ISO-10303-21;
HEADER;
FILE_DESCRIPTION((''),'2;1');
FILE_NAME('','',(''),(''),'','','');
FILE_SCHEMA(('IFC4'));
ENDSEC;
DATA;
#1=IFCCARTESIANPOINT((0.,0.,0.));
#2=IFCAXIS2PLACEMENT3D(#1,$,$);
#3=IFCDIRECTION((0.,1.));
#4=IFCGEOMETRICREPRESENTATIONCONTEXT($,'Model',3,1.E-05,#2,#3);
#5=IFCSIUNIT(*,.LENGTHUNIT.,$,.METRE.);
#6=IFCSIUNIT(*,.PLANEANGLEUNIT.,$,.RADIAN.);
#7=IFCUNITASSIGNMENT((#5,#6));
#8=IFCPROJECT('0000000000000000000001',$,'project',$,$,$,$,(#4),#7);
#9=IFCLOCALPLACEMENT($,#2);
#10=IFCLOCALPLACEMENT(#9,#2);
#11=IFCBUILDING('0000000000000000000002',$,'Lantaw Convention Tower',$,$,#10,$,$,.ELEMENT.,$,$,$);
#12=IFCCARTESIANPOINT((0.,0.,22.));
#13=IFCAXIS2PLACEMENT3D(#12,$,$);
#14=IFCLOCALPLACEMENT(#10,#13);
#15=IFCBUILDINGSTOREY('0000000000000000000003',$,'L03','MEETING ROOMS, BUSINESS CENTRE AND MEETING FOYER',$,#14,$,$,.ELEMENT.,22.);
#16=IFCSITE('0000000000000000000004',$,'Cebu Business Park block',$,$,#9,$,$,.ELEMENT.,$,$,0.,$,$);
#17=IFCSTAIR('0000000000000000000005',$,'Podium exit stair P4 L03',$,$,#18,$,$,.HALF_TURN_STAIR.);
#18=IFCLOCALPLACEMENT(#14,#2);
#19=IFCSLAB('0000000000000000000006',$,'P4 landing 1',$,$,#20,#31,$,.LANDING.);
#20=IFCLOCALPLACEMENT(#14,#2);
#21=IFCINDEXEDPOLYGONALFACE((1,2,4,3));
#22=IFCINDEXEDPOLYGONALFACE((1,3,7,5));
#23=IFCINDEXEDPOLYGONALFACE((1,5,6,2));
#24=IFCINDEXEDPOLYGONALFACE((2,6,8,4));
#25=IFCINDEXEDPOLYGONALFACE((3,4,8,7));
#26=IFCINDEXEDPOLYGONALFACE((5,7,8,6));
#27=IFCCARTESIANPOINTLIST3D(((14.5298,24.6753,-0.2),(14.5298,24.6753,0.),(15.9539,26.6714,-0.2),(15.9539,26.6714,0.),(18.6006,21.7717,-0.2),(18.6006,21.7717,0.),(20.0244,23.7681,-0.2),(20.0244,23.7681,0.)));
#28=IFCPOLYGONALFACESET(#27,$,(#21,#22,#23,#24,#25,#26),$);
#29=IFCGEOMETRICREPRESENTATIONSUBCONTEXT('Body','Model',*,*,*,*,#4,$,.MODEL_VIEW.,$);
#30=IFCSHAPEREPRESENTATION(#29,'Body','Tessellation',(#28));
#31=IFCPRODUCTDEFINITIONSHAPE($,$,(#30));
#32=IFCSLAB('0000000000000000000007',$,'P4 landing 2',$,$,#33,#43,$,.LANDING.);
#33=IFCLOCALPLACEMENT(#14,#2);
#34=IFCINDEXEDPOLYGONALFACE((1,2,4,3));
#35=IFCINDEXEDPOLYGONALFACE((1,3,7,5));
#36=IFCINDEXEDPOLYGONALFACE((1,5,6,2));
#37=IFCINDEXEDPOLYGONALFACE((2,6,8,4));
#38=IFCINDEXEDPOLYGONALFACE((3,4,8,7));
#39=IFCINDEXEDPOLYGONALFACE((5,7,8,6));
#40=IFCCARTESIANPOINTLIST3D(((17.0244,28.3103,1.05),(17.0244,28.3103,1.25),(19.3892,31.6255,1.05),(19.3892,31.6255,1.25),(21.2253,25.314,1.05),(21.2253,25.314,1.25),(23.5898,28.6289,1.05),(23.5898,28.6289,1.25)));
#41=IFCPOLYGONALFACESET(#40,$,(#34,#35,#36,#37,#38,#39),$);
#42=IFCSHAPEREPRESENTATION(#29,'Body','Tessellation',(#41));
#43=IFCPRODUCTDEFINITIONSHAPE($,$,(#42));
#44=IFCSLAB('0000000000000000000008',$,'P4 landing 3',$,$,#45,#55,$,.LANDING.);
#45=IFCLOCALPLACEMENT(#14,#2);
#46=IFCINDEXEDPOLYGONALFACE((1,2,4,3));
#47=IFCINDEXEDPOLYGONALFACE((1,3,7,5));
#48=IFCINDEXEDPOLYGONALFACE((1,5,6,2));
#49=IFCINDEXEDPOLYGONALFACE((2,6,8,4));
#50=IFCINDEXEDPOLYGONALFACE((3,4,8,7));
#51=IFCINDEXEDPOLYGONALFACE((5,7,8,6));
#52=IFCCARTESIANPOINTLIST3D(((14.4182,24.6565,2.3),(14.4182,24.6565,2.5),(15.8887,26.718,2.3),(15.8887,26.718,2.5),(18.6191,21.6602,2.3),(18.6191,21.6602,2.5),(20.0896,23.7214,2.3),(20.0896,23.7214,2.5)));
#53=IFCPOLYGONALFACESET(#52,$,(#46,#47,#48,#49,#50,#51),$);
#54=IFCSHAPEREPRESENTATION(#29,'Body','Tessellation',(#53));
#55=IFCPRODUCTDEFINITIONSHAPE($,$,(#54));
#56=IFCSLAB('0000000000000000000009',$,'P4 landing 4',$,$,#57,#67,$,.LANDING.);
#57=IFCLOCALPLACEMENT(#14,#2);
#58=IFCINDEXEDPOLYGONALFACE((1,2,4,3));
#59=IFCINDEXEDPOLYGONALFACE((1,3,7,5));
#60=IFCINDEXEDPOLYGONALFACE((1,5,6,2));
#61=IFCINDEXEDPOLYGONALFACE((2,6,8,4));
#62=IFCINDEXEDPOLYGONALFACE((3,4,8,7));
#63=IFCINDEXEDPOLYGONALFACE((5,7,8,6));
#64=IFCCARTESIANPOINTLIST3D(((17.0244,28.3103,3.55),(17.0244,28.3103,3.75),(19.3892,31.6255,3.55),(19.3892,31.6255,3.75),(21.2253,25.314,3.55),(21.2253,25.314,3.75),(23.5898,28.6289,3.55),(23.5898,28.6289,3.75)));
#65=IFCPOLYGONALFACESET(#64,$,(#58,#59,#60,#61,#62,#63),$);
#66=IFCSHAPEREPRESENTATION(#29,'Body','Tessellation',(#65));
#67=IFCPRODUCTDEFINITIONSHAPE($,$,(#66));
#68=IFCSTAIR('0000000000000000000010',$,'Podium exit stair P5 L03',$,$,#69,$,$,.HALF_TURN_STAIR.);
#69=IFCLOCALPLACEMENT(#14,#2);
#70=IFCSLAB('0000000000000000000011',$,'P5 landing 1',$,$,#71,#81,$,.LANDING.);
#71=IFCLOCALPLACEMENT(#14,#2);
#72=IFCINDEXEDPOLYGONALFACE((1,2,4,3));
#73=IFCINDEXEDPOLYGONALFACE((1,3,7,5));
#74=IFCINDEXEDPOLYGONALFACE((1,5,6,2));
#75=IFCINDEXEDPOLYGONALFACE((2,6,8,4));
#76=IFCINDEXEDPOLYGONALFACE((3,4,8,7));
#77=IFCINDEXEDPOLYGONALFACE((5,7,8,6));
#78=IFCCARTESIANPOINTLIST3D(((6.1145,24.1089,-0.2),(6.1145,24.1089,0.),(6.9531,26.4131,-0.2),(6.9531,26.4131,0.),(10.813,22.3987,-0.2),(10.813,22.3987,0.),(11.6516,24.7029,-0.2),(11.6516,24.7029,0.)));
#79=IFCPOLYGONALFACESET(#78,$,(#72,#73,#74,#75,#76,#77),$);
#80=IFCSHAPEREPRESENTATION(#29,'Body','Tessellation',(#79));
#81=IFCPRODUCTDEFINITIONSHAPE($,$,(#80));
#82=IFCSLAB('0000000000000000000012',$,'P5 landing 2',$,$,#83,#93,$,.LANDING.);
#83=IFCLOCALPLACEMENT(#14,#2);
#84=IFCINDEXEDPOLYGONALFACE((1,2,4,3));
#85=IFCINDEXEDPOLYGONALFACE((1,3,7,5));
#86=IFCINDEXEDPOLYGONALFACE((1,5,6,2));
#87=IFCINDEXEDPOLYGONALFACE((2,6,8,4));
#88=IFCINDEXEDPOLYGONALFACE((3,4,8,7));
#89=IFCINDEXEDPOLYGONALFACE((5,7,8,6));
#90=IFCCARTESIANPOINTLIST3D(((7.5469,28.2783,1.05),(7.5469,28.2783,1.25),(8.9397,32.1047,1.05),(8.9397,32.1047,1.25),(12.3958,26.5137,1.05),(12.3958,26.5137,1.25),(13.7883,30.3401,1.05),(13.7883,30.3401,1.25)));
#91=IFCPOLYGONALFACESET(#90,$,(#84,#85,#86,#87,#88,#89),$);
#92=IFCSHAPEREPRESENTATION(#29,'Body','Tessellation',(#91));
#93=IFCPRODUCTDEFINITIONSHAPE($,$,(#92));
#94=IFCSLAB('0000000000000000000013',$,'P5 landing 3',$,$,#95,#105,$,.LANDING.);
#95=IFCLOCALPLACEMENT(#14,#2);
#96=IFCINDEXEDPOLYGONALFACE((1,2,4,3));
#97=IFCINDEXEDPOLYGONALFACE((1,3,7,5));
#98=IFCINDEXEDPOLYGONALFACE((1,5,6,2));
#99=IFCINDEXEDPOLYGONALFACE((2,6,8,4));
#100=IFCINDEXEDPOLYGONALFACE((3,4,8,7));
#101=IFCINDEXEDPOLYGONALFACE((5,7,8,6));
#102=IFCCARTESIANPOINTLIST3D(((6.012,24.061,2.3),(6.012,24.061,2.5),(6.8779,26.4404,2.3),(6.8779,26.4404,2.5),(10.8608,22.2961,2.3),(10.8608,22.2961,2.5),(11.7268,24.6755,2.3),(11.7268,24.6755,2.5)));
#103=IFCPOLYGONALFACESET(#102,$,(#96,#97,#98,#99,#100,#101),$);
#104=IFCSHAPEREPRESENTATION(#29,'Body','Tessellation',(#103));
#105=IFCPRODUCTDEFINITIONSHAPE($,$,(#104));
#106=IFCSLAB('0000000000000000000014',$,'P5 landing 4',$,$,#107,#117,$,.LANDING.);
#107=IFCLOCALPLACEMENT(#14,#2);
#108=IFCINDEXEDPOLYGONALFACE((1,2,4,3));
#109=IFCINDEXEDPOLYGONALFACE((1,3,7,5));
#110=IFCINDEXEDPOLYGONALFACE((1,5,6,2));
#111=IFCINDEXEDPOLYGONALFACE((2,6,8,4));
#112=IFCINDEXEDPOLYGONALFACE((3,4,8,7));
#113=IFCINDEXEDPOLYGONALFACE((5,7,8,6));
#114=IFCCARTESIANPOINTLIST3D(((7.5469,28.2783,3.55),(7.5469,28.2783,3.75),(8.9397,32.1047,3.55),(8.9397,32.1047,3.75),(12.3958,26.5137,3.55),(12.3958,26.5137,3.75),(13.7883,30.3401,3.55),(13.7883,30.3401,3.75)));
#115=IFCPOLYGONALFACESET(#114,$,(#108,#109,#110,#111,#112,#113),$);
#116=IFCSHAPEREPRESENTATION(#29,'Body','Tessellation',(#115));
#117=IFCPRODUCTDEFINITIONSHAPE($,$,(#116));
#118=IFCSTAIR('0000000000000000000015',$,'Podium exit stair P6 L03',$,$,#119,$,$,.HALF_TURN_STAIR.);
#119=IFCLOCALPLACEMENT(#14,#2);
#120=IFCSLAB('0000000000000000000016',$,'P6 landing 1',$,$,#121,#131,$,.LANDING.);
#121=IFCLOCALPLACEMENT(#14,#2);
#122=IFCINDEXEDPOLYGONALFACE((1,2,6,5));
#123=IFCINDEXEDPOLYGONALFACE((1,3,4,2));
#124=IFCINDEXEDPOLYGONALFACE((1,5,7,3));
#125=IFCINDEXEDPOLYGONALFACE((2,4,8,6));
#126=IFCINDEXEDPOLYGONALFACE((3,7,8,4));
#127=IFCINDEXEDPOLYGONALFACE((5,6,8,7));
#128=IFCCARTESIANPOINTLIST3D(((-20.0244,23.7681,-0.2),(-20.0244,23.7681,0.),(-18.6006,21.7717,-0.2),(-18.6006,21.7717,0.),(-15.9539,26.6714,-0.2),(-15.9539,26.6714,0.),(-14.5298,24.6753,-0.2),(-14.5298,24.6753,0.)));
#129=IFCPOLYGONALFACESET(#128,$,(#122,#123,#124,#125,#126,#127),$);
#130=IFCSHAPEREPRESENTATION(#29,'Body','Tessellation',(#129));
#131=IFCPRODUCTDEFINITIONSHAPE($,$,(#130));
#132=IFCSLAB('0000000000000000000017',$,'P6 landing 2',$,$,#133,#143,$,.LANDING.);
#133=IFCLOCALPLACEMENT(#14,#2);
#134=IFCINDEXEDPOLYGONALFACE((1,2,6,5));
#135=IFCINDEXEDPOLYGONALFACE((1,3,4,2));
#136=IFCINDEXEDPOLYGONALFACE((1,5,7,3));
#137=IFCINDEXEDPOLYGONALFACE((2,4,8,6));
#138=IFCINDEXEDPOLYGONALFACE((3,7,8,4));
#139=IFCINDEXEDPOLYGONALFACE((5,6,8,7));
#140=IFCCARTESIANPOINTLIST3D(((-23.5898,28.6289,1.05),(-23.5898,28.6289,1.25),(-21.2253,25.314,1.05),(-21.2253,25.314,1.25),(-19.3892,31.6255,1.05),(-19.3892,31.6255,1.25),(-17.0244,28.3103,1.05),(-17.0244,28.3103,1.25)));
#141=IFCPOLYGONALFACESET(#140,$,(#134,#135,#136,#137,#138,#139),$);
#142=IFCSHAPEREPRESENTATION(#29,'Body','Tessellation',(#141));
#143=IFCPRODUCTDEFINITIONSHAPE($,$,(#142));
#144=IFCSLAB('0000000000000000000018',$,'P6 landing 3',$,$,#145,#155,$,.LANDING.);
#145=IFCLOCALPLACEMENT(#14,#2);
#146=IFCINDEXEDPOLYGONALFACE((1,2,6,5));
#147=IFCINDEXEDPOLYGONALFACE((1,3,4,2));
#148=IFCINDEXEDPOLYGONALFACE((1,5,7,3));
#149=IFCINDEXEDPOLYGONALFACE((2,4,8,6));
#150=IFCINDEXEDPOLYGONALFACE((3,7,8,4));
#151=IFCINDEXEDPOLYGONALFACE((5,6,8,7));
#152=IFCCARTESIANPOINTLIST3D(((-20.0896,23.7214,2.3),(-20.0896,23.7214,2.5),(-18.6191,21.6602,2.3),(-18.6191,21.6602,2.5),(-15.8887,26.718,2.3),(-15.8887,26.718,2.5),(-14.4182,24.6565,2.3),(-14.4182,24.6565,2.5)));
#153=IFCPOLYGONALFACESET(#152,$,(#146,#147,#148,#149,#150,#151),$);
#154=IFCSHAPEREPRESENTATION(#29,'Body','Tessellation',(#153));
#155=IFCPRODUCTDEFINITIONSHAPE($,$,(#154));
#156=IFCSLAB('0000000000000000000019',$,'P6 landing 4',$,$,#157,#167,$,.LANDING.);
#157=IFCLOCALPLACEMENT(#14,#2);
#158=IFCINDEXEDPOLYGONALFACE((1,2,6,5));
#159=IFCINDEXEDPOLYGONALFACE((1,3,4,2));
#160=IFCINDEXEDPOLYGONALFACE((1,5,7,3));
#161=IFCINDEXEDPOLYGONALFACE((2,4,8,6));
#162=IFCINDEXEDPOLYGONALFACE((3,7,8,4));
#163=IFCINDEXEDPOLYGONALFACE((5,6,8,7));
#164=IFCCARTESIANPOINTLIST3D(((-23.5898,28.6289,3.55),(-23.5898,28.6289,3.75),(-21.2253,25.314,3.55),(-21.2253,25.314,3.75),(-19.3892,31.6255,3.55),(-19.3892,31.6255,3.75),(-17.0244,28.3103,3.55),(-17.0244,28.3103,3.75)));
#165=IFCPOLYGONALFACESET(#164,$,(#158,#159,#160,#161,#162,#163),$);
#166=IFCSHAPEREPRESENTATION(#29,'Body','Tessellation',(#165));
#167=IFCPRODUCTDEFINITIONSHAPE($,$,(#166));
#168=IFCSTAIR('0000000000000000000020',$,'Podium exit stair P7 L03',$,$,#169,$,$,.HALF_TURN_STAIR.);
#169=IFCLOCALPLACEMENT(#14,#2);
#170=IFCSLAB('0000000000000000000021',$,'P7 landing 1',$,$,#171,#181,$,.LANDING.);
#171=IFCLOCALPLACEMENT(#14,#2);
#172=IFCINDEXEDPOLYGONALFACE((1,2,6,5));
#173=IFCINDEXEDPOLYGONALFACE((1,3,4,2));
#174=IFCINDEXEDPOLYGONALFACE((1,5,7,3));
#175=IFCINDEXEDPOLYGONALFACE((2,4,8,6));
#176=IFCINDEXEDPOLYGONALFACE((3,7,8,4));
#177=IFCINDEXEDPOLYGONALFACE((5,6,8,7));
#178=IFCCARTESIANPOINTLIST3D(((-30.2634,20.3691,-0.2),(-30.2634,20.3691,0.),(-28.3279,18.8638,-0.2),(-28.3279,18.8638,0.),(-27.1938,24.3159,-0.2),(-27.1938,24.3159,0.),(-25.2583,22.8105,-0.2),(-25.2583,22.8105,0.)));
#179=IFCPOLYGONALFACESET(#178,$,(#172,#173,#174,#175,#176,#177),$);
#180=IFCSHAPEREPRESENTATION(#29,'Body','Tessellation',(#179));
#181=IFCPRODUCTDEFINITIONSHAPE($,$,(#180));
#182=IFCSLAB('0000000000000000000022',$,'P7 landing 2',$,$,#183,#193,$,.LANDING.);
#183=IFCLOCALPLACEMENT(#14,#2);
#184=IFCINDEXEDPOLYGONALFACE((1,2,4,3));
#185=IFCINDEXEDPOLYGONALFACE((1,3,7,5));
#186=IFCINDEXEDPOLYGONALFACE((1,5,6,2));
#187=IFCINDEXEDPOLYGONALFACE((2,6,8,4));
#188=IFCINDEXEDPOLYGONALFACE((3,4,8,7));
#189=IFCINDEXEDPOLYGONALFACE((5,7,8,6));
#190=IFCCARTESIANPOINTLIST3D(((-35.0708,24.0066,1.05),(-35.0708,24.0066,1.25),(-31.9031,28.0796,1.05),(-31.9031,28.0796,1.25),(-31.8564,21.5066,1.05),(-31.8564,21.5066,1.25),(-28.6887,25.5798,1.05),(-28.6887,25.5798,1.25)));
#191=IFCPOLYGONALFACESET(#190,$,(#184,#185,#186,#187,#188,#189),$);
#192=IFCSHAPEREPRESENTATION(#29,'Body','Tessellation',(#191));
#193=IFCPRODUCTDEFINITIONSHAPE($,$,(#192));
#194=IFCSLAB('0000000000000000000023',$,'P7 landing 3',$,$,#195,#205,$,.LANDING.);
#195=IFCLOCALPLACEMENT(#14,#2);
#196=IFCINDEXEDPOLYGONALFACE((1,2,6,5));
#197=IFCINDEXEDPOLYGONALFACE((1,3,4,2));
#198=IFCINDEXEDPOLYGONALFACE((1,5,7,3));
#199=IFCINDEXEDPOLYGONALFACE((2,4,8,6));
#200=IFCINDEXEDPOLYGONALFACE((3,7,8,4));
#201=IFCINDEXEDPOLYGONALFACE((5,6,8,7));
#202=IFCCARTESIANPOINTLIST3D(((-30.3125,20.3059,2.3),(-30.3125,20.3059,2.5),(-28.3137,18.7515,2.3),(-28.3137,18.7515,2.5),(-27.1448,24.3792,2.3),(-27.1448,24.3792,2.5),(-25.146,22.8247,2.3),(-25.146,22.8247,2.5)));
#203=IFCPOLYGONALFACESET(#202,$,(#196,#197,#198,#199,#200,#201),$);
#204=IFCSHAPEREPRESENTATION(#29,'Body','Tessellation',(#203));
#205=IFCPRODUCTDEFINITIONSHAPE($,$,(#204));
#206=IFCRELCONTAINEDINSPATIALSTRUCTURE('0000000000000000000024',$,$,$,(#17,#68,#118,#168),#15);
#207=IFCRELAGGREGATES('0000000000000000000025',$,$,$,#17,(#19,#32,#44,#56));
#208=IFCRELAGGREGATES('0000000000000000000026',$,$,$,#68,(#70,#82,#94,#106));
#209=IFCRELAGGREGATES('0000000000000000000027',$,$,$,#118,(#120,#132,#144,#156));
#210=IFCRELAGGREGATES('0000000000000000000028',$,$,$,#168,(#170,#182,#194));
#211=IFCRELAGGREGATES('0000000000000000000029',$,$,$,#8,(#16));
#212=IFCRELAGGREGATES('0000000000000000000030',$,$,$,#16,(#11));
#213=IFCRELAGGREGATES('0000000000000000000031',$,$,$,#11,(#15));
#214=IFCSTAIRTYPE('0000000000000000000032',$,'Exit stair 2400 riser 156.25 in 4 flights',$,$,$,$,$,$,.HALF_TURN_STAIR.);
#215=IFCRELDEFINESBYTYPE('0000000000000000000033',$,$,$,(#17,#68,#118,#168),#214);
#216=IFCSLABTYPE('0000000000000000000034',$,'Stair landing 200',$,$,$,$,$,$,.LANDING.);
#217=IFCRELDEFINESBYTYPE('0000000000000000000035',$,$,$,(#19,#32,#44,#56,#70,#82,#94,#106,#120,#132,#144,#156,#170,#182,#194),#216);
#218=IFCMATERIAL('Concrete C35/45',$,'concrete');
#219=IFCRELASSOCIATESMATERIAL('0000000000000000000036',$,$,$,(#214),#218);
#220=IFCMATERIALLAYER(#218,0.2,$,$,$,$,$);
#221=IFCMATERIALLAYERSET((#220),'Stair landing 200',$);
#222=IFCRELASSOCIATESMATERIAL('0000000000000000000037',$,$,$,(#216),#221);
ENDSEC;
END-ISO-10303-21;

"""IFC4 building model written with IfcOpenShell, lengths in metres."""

from ifc_helpers import new_model, si_unit, direction, frame, origin, place, context, subcontext, project, spatial, polyline, outline, extrude, material, layer, layer_set, type_object, element, aggregate, save


model = new_model("IFC4")

# Units and contexts
model_context = context("Model", 3, precision=1e-05, world=origin(), true_north=direction((0.0, 1.0)))
body_context = subcontext(model_context, "Body", "Model", "MODEL_VIEW")
ifc_project = project(units=[si_unit("LENGTHUNIT", "METRE"), si_unit("PLANEANGLEUNIT", "RADIAN")], contexts=[model_context])

# Site, building, storey
site_placement = place(None, origin())
site = spatial("IfcSite", under=ifc_project, at=site_placement, Name="Cebu Business Park block", CompositionType="ELEMENT", RefElevation=0.0)
building_placement = place(site_placement, origin())
building = spatial("IfcBuilding", under=site, at=building_placement, Name="Lantaw Convention Tower", CompositionType="ELEMENT")
storey_placement = place(building_placement, frame((0.0, 0.0, 22.0)))
storey = spatial("IfcBuildingStorey", under=building, at=storey_placement, Name="L03", Description="MEETING ROOMS, BUSINESS CENTRE AND MEETING FOYER", CompositionType="ELEMENT", Elevation=22.0)

# Stairs, slabs
ifc_material = material(Name="Concrete C35/45", Category="concrete")
stair_type = type_object("IfcStairType", Name="Exit stair 2400 riser 156.25 in 4 flights", PredefinedType="HALF_TURN_STAIR", material=ifc_material)
stair_1_placement = place(storey_placement, origin())
stair_1 = element("IfcStair", 1, at=stair_1_placement, inside=storey, type_object=stair_type, Name="Podium exit stair P4 L03", PredefinedType="HALF_TURN_STAIR")
ifc_layer = layer(ifc_material, 0.2)
ifc_layer_set = layer_set([ifc_layer], Name="Stair landing 200")
slab_type = type_object("IfcSlabType", Name="Stair landing 200", PredefinedType="LANDING", material=ifc_layer_set)
slab_1_placement = place(storey_placement, frame((0.0, 0.0, -0.2)))
slab_1 = element("IfcSlab", 2, at=slab_1_placement, type_object=slab_type, Name="P4 landing 1", PredefinedType="LANDING", context=body_context, shape_type="SweptSolid", body=[
    extrude(outline(polyline([(18.6006, 21.7717), (20.0244, 23.7681), (15.9539, 26.6714), (14.5298, 24.6753), (18.6006, 21.7717)])), origin(), (0.0, 0.0, 1.0), 0.2),
])
slab_2_placement = place(storey_placement, frame((0.0, 0.0, 1.05)))
slab_2 = element("IfcSlab", 3, at=slab_2_placement, type_object=slab_type, Name="P4 landing 2", PredefinedType="LANDING", context=body_context, shape_type="SweptSolid", body=[
    extrude(outline(polyline([(21.2253, 25.314), (23.5898, 28.6289), (19.3892, 31.6255), (17.0244, 28.3103), (21.2253, 25.314)])), origin(), (0.0, 0.0, 1.0), 0.2),
])
slab_3_placement = place(storey_placement, frame((0.0, 0.0, 2.3)))
slab_3 = element("IfcSlab", 4, at=slab_3_placement, type_object=slab_type, Name="P4 landing 3", PredefinedType="LANDING", context=body_context, shape_type="SweptSolid", body=[
    extrude(outline(polyline([(18.6191, 21.6602), (20.0896, 23.7214), (15.8887, 26.718), (14.4182, 24.6565), (18.6191, 21.6602)])), origin(), (0.0, 0.0, 1.0), 0.2),
])
slab_4_placement = place(storey_placement, frame((0.0, 0.0, 3.55)))
slab_4 = element("IfcSlab", 5, at=slab_4_placement, type_object=slab_type, Name="P4 landing 4", PredefinedType="LANDING", context=body_context, shape_type="SweptSolid", body=[
    extrude(outline(polyline([(21.2253, 25.314), (23.5898, 28.6289), (19.3892, 31.6255), (17.0244, 28.3103), (21.2253, 25.314)])), origin(), (0.0, 0.0, 1.0), 0.2),
])
aggregate(stair_1, [slab_1, slab_2, slab_3, slab_4])
stair_2_placement = place(storey_placement, origin())
stair_2 = element("IfcStair", 6, at=stair_2_placement, inside=storey, type_object=stair_type, Name="Podium exit stair P5 L03", PredefinedType="HALF_TURN_STAIR")
slab_5_placement = place(storey_placement, frame((0.0, 0.0, -0.2)))
slab_5 = element("IfcSlab", 7, at=slab_5_placement, type_object=slab_type, Name="P5 landing 1", PredefinedType="LANDING", context=body_context, shape_type="SweptSolid", body=[
    extrude(outline(polyline([(10.813, 22.3987), (11.6516, 24.7029), (6.9531, 26.4131), (6.1145, 24.1089), (10.813, 22.3987)])), origin(), (0.0, 0.0, 1.0), 0.2),
])
slab_6_placement = place(storey_placement, frame((0.0, 0.0, 1.05)))
slab_6 = element("IfcSlab", 8, at=slab_6_placement, type_object=slab_type, Name="P5 landing 2", PredefinedType="LANDING", context=body_context, shape_type="SweptSolid", body=[
    extrude(outline(polyline([(12.3958, 26.5137), (13.7883, 30.3401), (8.9397, 32.1047), (7.5469, 28.2783), (12.3958, 26.5137)])), origin(), (0.0, 0.0, 1.0), 0.2),
])
slab_7_placement = place(storey_placement, frame((0.0, 0.0, 2.3)))
slab_7 = element("IfcSlab", 9, at=slab_7_placement, type_object=slab_type, Name="P5 landing 3", PredefinedType="LANDING", context=body_context, shape_type="SweptSolid", body=[
    extrude(outline(polyline([(10.8608, 22.2961), (11.7268, 24.6755), (6.8779, 26.4404), (6.012, 24.061), (10.8608, 22.2961)])), origin(), (0.0, 0.0, 1.0), 0.2),
])
slab_8_placement = place(storey_placement, frame((0.0, 0.0, 3.55)))
slab_8 = element("IfcSlab", 10, at=slab_8_placement, type_object=slab_type, Name="P5 landing 4", PredefinedType="LANDING", context=body_context, shape_type="SweptSolid", body=[
    extrude(outline(polyline([(12.3958, 26.5137), (13.7883, 30.3401), (8.9397, 32.1047), (7.5469, 28.2783), (12.3958, 26.5137)])), origin(), (0.0, 0.0, 1.0), 0.2),
])
aggregate(stair_2, [slab_5, slab_6, slab_7, slab_8])
stair_3_placement = place(storey_placement, origin())
stair_3 = element("IfcStair", 11, at=stair_3_placement, inside=storey, type_object=stair_type, Name="Podium exit stair P6 L03", PredefinedType="HALF_TURN_STAIR")
slab_9_placement = place(storey_placement, frame((0.0, 0.0, -0.2)))
slab_9 = element("IfcSlab", 12, at=slab_9_placement, type_object=slab_type, Name="P6 landing 1", PredefinedType="LANDING", context=body_context, shape_type="SweptSolid", body=[
    extrude(outline(polyline([(-14.5298, 24.6753), (-15.9539, 26.6714), (-20.0244, 23.7681), (-18.6006, 21.7717), (-14.5298, 24.6753)])), origin(), (0.0, 0.0, 1.0), 0.2),
])
slab_10_placement = place(storey_placement, frame((0.0, 0.0, 1.05)))
slab_10 = element("IfcSlab", 13, at=slab_10_placement, type_object=slab_type, Name="P6 landing 2", PredefinedType="LANDING", context=body_context, shape_type="SweptSolid", body=[
    extrude(outline(polyline([(-17.0244, 28.3103), (-19.3892, 31.6255), (-23.5898, 28.6289), (-21.2253, 25.314), (-17.0244, 28.3103)])), origin(), (0.0, 0.0, 1.0), 0.2),
])
slab_11_placement = place(storey_placement, frame((0.0, 0.0, 2.3)))
slab_11 = element("IfcSlab", 14, at=slab_11_placement, type_object=slab_type, Name="P6 landing 3", PredefinedType="LANDING", context=body_context, shape_type="SweptSolid", body=[
    extrude(outline(polyline([(-14.4182, 24.6565), (-15.8887, 26.718), (-20.0896, 23.7214), (-18.6191, 21.6602), (-14.4182, 24.6565)])), origin(), (0.0, 0.0, 1.0), 0.2),
])
slab_12_placement = place(storey_placement, frame((0.0, 0.0, 3.55)))
slab_12 = element("IfcSlab", 15, at=slab_12_placement, type_object=slab_type, Name="P6 landing 4", PredefinedType="LANDING", context=body_context, shape_type="SweptSolid", body=[
    extrude(outline(polyline([(-17.0244, 28.3103), (-19.3892, 31.6255), (-23.5898, 28.6289), (-21.2253, 25.314), (-17.0244, 28.3103)])), origin(), (0.0, 0.0, 1.0), 0.2),
])
aggregate(stair_3, [slab_9, slab_10, slab_11, slab_12])
stair_4_placement = place(storey_placement, origin())
stair_4 = element("IfcStair", 16, at=stair_4_placement, inside=storey, type_object=stair_type, Name="Podium exit stair P7 L03", PredefinedType="HALF_TURN_STAIR")
slab_13_placement = place(storey_placement, frame((0.0, 0.0, -0.2)))
slab_13 = element("IfcSlab", 17, at=slab_13_placement, type_object=slab_type, Name="P7 landing 1", PredefinedType="LANDING", context=body_context, shape_type="SweptSolid", body=[
    extrude(outline(polyline([(-25.2583, 22.8105), (-27.1938, 24.3159), (-30.2634, 20.3691), (-28.3279, 18.8638), (-25.2583, 22.8105)])), origin(), (0.0, 0.0, 1.0), 0.2),
])
slab_14_placement = place(storey_placement, frame((0.0, 0.0, 1.05)))
slab_14 = element("IfcSlab", 18, at=slab_14_placement, type_object=slab_type, Name="P7 landing 2", PredefinedType="LANDING", context=body_context, shape_type="SweptSolid", body=[
    extrude(outline(polyline([(-28.6887, 25.5798), (-31.9031, 28.0796), (-35.0708, 24.0066), (-31.8564, 21.5066), (-28.6887, 25.5798)])), origin(), (0.0, 0.0, 1.0), 0.2),
])
slab_15_placement = place(storey_placement, frame((0.0, 0.0, 2.3)))
slab_15 = element("IfcSlab", 19, at=slab_15_placement, type_object=slab_type, Name="P7 landing 3", PredefinedType="LANDING", context=body_context, shape_type="SweptSolid", body=[
    extrude(outline(polyline([(-25.146, 22.8247), (-27.1448, 24.3792), (-30.3125, 20.3059), (-28.3137, 18.7515), (-25.146, 22.8247)])), origin(), (0.0, 0.0, 1.0), 0.2),
])
aggregate(stair_4, [slab_13, slab_14, slab_15])

save(model, "model.ifc")
